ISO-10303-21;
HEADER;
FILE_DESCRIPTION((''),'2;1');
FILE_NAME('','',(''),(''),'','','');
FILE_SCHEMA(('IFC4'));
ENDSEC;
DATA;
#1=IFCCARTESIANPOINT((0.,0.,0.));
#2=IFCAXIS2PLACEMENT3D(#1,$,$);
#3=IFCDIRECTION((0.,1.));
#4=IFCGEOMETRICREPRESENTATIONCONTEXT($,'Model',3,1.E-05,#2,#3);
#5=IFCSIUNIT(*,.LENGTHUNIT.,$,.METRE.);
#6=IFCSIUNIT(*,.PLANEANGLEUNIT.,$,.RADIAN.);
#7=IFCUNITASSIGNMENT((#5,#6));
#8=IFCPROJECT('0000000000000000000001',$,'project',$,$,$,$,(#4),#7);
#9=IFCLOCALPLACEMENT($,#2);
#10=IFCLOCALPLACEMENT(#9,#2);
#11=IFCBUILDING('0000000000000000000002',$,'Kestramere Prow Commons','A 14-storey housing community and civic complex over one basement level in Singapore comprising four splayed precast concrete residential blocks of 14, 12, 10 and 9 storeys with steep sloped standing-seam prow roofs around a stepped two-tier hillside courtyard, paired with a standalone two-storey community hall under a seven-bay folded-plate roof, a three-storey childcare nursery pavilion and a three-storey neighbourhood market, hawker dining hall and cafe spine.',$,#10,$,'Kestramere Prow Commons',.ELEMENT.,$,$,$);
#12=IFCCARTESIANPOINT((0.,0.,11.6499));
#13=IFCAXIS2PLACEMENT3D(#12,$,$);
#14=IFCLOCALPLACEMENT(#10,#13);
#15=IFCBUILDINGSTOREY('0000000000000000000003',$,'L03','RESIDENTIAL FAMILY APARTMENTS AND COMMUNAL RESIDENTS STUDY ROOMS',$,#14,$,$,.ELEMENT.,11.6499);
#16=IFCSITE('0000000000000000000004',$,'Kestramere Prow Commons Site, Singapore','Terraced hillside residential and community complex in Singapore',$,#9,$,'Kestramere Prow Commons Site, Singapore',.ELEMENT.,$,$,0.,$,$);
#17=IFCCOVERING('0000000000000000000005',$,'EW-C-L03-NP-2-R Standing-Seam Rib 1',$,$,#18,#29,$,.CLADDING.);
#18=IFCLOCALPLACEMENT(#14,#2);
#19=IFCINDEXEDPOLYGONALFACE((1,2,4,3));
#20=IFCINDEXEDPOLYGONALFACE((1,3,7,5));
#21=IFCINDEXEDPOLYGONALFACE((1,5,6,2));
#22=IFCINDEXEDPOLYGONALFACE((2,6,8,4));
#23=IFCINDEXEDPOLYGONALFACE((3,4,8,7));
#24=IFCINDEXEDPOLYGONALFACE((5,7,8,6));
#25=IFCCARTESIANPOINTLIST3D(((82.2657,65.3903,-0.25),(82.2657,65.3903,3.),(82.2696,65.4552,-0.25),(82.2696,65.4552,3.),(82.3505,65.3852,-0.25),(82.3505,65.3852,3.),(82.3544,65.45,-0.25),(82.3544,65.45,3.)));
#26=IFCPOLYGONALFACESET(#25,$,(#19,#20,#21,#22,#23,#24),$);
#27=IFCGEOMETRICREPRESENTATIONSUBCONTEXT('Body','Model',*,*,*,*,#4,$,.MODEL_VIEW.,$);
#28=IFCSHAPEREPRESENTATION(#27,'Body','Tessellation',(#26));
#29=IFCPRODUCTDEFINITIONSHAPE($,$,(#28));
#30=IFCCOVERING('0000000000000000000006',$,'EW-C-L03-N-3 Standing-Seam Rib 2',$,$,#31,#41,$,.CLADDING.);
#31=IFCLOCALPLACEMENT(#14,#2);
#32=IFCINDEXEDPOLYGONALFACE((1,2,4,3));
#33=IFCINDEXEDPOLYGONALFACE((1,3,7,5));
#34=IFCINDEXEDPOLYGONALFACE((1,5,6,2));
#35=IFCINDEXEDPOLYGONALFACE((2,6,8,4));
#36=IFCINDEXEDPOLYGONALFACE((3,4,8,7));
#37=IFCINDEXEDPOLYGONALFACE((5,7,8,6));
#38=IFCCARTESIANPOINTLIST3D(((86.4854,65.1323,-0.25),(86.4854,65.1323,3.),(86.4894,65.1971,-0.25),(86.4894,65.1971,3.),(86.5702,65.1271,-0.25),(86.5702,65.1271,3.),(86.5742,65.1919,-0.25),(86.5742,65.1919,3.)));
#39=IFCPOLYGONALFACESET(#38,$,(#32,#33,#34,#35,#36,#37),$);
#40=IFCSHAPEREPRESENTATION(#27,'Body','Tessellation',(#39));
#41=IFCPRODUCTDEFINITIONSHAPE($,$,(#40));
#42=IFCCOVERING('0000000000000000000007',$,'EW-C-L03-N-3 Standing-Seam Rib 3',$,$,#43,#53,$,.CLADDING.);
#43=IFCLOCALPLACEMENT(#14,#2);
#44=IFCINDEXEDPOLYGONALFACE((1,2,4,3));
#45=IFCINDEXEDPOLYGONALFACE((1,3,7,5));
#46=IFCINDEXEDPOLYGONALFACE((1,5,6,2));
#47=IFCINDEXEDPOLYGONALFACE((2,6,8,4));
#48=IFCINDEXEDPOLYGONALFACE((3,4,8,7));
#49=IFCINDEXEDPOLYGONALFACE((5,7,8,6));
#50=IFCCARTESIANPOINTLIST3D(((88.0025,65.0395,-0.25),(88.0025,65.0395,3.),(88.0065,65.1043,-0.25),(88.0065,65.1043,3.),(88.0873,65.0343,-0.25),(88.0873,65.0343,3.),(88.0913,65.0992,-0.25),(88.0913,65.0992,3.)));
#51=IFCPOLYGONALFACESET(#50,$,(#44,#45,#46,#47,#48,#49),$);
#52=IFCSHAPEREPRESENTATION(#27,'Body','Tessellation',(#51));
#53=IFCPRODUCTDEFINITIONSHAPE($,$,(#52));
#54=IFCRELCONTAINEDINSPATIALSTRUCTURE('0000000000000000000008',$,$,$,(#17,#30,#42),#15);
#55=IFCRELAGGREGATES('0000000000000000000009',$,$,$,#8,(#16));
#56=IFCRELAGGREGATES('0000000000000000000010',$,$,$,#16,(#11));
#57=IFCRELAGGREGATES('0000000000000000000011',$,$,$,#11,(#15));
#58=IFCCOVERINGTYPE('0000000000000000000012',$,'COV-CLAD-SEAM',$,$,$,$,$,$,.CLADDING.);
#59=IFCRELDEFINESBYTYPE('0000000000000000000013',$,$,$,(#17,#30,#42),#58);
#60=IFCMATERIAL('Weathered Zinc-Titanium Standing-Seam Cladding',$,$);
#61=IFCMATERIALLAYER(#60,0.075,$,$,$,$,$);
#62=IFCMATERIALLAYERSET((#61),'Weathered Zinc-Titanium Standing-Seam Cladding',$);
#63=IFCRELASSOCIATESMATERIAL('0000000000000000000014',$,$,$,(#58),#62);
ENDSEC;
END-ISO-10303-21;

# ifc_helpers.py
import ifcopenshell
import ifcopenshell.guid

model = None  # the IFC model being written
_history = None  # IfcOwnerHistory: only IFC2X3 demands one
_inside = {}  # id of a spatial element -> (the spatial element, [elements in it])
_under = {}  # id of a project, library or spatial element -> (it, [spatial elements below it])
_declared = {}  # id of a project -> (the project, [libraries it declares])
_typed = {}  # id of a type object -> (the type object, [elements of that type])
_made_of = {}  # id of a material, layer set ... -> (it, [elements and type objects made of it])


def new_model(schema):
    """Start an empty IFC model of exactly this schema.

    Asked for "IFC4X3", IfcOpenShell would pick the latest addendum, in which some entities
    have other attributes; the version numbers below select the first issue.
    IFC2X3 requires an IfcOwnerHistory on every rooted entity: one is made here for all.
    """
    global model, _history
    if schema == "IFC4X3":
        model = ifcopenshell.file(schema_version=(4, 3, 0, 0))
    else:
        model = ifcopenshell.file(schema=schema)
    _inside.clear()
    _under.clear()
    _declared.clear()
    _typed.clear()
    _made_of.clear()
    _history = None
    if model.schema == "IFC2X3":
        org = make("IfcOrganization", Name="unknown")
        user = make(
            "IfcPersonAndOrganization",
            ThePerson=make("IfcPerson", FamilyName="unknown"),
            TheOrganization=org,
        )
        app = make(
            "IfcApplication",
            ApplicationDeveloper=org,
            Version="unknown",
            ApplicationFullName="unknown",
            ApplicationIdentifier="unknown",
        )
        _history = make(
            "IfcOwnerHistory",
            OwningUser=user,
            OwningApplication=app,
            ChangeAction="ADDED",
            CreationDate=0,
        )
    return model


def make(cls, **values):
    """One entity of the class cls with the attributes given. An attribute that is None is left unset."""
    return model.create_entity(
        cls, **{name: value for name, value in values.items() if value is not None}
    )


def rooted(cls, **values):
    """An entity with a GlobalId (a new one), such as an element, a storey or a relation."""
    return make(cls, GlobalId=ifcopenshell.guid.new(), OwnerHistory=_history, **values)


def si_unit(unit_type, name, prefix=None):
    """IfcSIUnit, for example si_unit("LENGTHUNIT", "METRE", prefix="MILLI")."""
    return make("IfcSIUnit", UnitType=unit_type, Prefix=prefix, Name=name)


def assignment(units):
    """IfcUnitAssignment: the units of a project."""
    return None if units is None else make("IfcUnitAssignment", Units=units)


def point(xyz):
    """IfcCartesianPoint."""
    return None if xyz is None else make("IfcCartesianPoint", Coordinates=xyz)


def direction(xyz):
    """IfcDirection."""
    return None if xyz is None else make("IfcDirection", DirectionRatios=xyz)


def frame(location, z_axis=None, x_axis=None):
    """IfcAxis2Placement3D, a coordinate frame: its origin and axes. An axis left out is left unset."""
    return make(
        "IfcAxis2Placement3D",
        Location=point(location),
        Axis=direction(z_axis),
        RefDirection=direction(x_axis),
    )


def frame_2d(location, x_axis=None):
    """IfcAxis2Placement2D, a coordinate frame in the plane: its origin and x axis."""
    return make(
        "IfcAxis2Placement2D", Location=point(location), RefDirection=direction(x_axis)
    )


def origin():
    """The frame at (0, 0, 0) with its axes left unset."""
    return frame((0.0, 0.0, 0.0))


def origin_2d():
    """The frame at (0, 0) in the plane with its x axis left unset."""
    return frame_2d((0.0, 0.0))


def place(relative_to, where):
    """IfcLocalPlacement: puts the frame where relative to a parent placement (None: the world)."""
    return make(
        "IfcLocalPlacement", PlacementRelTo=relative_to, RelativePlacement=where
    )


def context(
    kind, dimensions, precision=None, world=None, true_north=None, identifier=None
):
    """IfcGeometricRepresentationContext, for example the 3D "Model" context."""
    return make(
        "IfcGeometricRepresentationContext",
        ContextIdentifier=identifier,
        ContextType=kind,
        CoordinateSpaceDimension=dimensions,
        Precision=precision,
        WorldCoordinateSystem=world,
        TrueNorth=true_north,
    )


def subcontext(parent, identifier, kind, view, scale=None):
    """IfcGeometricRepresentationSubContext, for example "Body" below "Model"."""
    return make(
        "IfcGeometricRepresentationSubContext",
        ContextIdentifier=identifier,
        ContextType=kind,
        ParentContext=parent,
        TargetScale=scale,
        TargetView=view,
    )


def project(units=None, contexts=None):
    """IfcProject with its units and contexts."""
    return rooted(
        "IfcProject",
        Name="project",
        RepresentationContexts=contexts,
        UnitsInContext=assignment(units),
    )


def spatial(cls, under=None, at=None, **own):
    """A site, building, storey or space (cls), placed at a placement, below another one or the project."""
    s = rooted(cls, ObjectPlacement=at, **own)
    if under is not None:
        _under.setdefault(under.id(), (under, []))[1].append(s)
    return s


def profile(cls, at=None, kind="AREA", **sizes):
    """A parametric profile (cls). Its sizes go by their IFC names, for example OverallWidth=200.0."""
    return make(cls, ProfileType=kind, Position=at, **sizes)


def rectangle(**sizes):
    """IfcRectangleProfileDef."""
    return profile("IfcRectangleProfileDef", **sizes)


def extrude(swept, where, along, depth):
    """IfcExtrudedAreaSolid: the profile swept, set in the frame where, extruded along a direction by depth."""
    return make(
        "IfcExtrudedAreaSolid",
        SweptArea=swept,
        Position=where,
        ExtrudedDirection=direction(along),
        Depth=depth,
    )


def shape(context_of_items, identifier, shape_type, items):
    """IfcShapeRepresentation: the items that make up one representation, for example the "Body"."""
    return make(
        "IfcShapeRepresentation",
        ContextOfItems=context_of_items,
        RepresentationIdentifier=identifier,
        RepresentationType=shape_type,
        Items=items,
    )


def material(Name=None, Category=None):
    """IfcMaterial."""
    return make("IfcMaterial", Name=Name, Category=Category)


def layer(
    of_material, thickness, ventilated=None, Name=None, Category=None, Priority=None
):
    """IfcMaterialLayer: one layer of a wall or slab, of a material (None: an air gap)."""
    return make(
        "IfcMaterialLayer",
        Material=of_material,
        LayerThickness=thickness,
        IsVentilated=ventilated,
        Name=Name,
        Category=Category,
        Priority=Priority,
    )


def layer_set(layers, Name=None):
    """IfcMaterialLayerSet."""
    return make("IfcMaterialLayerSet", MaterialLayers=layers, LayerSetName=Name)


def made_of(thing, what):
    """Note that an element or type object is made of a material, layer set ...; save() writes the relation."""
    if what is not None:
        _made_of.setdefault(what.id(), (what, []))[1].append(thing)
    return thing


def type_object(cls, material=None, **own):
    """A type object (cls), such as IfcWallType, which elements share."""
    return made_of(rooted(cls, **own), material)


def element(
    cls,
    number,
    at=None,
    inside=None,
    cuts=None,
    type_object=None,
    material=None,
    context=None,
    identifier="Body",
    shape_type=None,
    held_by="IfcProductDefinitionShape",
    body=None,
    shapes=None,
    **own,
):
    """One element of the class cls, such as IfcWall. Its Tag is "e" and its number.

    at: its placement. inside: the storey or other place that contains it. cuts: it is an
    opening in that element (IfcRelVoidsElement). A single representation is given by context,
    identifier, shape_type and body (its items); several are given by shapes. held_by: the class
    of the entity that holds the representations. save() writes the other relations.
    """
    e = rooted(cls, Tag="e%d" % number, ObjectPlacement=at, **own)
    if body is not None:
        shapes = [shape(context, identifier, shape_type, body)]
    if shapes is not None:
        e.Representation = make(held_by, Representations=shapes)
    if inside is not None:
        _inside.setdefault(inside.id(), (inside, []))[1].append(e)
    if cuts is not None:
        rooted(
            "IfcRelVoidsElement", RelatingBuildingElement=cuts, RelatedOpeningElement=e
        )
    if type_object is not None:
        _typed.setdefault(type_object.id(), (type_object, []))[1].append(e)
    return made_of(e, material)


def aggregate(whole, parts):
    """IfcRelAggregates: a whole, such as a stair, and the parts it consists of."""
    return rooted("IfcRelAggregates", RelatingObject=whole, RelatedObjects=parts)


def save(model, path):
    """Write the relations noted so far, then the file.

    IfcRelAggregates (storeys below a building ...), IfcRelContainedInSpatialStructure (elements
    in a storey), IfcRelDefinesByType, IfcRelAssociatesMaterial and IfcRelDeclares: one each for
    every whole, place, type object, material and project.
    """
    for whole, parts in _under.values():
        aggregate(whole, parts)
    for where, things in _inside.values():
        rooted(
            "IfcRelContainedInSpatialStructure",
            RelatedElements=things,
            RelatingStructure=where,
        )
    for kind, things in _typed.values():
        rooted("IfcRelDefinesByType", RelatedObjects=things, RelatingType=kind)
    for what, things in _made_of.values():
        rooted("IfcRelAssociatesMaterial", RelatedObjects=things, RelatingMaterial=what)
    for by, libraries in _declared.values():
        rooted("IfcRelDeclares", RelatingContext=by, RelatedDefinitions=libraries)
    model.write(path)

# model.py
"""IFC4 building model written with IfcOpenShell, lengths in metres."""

from ifc_helpers import new_model, si_unit, direction, frame, origin, origin_2d, place, context, subcontext, project, spatial, rectangle, extrude, material, layer, layer_set, type_object, element, save


model = new_model("IFC4")

# Units and contexts
model_context = context("Model", 3, precision=1e-05, world=origin(), true_north=direction((0.0, 1.0)))
body_context = subcontext(model_context, "Body", "Model", "MODEL_VIEW")
ifc_project = project(units=[si_unit("LENGTHUNIT", "METRE"), si_unit("PLANEANGLEUNIT", "RADIAN")], contexts=[model_context])

# Site, building, storey
site_placement = place(None, origin())
site = spatial("IfcSite", under=ifc_project, at=site_placement, Name="Kestramere Prow Commons Site, Singapore", Description="Terraced hillside residential and community complex in Singapore", LongName="Kestramere Prow Commons Site, Singapore", CompositionType="ELEMENT", RefElevation=0.0)
building_placement = place(site_placement, origin())
building = spatial("IfcBuilding", under=site, at=building_placement, Name="Kestramere Prow Commons", Description="A 14-storey housing community and civic complex over one basement level in Singapore comprising four splayed precast concrete residential blocks of 14, 12, 10 and 9 storeys with steep sloped standing-seam prow roofs around a stepped two-tier hillside courtyard, paired with a standalone two-storey community hall under a seven-bay folded-plate roof, a three-storey childcare nursery pavilion and a three-storey neighbourhood market, hawker dining hall and cafe spine.", LongName="Kestramere Prow Commons", CompositionType="ELEMENT")
storey_placement = place(building_placement, frame((0.0, 0.0, 11.6499)))
storey = spatial("IfcBuildingStorey", under=building, at=storey_placement, Name="L03", Description="RESIDENTIAL FAMILY APARTMENTS AND COMMUNAL RESIDENTS STUDY ROOMS", CompositionType="ELEMENT", Elevation=11.6499)

# Coverings
ifc_material_1 = material(Name="Weathered Zinc-Titanium Standing-Seam Cladding")
ifc_layer_1 = layer(ifc_material_1, 0.075)
ifc_layer_set_1 = layer_set([ifc_layer_1], Name="Weathered Zinc-Titanium Standing-Seam Cladding")
covering_type = type_object("IfcCoveringType", Name="COV-CLAD-SEAM", PredefinedType="CLADDING", material=ifc_layer_set_1)
for number, where, z_axis, x_axis, name in (
    (1, (82.3101, 65.4202, -0.25), (0.0, 0.0, 1.0), (0.998135, -0.061049, 0.0), "EW-C-L03-NP-2-R Standing-Seam Rib 1"),
    (2, (86.5298, 65.1621, -0.25), (0.0, 0.0, 1.0), (0.998135, -0.061049, 0.0), "EW-C-L03-N-3 Standing-Seam Rib 2"),
    (3, (88.0469, 65.0693, -0.25), (0.0, 0.0, 1.0), (0.998135, -0.061049, 0.0), "EW-C-L03-N-3 Standing-Seam Rib 3"),
):
    element("IfcCovering", number, at=place(storey_placement, frame(where, z_axis=z_axis, x_axis=x_axis)), inside=storey, type_object=covering_type, Name=name, PredefinedType="CLADDING", context=body_context, shape_type="SweptSolid", body=[
        extrude(rectangle(XDim=0.085, YDim=0.0649, at=origin_2d()), origin(), (0.0, 0.0, 1.0), 3.25),
    ])

save(model, "model.ifc")
